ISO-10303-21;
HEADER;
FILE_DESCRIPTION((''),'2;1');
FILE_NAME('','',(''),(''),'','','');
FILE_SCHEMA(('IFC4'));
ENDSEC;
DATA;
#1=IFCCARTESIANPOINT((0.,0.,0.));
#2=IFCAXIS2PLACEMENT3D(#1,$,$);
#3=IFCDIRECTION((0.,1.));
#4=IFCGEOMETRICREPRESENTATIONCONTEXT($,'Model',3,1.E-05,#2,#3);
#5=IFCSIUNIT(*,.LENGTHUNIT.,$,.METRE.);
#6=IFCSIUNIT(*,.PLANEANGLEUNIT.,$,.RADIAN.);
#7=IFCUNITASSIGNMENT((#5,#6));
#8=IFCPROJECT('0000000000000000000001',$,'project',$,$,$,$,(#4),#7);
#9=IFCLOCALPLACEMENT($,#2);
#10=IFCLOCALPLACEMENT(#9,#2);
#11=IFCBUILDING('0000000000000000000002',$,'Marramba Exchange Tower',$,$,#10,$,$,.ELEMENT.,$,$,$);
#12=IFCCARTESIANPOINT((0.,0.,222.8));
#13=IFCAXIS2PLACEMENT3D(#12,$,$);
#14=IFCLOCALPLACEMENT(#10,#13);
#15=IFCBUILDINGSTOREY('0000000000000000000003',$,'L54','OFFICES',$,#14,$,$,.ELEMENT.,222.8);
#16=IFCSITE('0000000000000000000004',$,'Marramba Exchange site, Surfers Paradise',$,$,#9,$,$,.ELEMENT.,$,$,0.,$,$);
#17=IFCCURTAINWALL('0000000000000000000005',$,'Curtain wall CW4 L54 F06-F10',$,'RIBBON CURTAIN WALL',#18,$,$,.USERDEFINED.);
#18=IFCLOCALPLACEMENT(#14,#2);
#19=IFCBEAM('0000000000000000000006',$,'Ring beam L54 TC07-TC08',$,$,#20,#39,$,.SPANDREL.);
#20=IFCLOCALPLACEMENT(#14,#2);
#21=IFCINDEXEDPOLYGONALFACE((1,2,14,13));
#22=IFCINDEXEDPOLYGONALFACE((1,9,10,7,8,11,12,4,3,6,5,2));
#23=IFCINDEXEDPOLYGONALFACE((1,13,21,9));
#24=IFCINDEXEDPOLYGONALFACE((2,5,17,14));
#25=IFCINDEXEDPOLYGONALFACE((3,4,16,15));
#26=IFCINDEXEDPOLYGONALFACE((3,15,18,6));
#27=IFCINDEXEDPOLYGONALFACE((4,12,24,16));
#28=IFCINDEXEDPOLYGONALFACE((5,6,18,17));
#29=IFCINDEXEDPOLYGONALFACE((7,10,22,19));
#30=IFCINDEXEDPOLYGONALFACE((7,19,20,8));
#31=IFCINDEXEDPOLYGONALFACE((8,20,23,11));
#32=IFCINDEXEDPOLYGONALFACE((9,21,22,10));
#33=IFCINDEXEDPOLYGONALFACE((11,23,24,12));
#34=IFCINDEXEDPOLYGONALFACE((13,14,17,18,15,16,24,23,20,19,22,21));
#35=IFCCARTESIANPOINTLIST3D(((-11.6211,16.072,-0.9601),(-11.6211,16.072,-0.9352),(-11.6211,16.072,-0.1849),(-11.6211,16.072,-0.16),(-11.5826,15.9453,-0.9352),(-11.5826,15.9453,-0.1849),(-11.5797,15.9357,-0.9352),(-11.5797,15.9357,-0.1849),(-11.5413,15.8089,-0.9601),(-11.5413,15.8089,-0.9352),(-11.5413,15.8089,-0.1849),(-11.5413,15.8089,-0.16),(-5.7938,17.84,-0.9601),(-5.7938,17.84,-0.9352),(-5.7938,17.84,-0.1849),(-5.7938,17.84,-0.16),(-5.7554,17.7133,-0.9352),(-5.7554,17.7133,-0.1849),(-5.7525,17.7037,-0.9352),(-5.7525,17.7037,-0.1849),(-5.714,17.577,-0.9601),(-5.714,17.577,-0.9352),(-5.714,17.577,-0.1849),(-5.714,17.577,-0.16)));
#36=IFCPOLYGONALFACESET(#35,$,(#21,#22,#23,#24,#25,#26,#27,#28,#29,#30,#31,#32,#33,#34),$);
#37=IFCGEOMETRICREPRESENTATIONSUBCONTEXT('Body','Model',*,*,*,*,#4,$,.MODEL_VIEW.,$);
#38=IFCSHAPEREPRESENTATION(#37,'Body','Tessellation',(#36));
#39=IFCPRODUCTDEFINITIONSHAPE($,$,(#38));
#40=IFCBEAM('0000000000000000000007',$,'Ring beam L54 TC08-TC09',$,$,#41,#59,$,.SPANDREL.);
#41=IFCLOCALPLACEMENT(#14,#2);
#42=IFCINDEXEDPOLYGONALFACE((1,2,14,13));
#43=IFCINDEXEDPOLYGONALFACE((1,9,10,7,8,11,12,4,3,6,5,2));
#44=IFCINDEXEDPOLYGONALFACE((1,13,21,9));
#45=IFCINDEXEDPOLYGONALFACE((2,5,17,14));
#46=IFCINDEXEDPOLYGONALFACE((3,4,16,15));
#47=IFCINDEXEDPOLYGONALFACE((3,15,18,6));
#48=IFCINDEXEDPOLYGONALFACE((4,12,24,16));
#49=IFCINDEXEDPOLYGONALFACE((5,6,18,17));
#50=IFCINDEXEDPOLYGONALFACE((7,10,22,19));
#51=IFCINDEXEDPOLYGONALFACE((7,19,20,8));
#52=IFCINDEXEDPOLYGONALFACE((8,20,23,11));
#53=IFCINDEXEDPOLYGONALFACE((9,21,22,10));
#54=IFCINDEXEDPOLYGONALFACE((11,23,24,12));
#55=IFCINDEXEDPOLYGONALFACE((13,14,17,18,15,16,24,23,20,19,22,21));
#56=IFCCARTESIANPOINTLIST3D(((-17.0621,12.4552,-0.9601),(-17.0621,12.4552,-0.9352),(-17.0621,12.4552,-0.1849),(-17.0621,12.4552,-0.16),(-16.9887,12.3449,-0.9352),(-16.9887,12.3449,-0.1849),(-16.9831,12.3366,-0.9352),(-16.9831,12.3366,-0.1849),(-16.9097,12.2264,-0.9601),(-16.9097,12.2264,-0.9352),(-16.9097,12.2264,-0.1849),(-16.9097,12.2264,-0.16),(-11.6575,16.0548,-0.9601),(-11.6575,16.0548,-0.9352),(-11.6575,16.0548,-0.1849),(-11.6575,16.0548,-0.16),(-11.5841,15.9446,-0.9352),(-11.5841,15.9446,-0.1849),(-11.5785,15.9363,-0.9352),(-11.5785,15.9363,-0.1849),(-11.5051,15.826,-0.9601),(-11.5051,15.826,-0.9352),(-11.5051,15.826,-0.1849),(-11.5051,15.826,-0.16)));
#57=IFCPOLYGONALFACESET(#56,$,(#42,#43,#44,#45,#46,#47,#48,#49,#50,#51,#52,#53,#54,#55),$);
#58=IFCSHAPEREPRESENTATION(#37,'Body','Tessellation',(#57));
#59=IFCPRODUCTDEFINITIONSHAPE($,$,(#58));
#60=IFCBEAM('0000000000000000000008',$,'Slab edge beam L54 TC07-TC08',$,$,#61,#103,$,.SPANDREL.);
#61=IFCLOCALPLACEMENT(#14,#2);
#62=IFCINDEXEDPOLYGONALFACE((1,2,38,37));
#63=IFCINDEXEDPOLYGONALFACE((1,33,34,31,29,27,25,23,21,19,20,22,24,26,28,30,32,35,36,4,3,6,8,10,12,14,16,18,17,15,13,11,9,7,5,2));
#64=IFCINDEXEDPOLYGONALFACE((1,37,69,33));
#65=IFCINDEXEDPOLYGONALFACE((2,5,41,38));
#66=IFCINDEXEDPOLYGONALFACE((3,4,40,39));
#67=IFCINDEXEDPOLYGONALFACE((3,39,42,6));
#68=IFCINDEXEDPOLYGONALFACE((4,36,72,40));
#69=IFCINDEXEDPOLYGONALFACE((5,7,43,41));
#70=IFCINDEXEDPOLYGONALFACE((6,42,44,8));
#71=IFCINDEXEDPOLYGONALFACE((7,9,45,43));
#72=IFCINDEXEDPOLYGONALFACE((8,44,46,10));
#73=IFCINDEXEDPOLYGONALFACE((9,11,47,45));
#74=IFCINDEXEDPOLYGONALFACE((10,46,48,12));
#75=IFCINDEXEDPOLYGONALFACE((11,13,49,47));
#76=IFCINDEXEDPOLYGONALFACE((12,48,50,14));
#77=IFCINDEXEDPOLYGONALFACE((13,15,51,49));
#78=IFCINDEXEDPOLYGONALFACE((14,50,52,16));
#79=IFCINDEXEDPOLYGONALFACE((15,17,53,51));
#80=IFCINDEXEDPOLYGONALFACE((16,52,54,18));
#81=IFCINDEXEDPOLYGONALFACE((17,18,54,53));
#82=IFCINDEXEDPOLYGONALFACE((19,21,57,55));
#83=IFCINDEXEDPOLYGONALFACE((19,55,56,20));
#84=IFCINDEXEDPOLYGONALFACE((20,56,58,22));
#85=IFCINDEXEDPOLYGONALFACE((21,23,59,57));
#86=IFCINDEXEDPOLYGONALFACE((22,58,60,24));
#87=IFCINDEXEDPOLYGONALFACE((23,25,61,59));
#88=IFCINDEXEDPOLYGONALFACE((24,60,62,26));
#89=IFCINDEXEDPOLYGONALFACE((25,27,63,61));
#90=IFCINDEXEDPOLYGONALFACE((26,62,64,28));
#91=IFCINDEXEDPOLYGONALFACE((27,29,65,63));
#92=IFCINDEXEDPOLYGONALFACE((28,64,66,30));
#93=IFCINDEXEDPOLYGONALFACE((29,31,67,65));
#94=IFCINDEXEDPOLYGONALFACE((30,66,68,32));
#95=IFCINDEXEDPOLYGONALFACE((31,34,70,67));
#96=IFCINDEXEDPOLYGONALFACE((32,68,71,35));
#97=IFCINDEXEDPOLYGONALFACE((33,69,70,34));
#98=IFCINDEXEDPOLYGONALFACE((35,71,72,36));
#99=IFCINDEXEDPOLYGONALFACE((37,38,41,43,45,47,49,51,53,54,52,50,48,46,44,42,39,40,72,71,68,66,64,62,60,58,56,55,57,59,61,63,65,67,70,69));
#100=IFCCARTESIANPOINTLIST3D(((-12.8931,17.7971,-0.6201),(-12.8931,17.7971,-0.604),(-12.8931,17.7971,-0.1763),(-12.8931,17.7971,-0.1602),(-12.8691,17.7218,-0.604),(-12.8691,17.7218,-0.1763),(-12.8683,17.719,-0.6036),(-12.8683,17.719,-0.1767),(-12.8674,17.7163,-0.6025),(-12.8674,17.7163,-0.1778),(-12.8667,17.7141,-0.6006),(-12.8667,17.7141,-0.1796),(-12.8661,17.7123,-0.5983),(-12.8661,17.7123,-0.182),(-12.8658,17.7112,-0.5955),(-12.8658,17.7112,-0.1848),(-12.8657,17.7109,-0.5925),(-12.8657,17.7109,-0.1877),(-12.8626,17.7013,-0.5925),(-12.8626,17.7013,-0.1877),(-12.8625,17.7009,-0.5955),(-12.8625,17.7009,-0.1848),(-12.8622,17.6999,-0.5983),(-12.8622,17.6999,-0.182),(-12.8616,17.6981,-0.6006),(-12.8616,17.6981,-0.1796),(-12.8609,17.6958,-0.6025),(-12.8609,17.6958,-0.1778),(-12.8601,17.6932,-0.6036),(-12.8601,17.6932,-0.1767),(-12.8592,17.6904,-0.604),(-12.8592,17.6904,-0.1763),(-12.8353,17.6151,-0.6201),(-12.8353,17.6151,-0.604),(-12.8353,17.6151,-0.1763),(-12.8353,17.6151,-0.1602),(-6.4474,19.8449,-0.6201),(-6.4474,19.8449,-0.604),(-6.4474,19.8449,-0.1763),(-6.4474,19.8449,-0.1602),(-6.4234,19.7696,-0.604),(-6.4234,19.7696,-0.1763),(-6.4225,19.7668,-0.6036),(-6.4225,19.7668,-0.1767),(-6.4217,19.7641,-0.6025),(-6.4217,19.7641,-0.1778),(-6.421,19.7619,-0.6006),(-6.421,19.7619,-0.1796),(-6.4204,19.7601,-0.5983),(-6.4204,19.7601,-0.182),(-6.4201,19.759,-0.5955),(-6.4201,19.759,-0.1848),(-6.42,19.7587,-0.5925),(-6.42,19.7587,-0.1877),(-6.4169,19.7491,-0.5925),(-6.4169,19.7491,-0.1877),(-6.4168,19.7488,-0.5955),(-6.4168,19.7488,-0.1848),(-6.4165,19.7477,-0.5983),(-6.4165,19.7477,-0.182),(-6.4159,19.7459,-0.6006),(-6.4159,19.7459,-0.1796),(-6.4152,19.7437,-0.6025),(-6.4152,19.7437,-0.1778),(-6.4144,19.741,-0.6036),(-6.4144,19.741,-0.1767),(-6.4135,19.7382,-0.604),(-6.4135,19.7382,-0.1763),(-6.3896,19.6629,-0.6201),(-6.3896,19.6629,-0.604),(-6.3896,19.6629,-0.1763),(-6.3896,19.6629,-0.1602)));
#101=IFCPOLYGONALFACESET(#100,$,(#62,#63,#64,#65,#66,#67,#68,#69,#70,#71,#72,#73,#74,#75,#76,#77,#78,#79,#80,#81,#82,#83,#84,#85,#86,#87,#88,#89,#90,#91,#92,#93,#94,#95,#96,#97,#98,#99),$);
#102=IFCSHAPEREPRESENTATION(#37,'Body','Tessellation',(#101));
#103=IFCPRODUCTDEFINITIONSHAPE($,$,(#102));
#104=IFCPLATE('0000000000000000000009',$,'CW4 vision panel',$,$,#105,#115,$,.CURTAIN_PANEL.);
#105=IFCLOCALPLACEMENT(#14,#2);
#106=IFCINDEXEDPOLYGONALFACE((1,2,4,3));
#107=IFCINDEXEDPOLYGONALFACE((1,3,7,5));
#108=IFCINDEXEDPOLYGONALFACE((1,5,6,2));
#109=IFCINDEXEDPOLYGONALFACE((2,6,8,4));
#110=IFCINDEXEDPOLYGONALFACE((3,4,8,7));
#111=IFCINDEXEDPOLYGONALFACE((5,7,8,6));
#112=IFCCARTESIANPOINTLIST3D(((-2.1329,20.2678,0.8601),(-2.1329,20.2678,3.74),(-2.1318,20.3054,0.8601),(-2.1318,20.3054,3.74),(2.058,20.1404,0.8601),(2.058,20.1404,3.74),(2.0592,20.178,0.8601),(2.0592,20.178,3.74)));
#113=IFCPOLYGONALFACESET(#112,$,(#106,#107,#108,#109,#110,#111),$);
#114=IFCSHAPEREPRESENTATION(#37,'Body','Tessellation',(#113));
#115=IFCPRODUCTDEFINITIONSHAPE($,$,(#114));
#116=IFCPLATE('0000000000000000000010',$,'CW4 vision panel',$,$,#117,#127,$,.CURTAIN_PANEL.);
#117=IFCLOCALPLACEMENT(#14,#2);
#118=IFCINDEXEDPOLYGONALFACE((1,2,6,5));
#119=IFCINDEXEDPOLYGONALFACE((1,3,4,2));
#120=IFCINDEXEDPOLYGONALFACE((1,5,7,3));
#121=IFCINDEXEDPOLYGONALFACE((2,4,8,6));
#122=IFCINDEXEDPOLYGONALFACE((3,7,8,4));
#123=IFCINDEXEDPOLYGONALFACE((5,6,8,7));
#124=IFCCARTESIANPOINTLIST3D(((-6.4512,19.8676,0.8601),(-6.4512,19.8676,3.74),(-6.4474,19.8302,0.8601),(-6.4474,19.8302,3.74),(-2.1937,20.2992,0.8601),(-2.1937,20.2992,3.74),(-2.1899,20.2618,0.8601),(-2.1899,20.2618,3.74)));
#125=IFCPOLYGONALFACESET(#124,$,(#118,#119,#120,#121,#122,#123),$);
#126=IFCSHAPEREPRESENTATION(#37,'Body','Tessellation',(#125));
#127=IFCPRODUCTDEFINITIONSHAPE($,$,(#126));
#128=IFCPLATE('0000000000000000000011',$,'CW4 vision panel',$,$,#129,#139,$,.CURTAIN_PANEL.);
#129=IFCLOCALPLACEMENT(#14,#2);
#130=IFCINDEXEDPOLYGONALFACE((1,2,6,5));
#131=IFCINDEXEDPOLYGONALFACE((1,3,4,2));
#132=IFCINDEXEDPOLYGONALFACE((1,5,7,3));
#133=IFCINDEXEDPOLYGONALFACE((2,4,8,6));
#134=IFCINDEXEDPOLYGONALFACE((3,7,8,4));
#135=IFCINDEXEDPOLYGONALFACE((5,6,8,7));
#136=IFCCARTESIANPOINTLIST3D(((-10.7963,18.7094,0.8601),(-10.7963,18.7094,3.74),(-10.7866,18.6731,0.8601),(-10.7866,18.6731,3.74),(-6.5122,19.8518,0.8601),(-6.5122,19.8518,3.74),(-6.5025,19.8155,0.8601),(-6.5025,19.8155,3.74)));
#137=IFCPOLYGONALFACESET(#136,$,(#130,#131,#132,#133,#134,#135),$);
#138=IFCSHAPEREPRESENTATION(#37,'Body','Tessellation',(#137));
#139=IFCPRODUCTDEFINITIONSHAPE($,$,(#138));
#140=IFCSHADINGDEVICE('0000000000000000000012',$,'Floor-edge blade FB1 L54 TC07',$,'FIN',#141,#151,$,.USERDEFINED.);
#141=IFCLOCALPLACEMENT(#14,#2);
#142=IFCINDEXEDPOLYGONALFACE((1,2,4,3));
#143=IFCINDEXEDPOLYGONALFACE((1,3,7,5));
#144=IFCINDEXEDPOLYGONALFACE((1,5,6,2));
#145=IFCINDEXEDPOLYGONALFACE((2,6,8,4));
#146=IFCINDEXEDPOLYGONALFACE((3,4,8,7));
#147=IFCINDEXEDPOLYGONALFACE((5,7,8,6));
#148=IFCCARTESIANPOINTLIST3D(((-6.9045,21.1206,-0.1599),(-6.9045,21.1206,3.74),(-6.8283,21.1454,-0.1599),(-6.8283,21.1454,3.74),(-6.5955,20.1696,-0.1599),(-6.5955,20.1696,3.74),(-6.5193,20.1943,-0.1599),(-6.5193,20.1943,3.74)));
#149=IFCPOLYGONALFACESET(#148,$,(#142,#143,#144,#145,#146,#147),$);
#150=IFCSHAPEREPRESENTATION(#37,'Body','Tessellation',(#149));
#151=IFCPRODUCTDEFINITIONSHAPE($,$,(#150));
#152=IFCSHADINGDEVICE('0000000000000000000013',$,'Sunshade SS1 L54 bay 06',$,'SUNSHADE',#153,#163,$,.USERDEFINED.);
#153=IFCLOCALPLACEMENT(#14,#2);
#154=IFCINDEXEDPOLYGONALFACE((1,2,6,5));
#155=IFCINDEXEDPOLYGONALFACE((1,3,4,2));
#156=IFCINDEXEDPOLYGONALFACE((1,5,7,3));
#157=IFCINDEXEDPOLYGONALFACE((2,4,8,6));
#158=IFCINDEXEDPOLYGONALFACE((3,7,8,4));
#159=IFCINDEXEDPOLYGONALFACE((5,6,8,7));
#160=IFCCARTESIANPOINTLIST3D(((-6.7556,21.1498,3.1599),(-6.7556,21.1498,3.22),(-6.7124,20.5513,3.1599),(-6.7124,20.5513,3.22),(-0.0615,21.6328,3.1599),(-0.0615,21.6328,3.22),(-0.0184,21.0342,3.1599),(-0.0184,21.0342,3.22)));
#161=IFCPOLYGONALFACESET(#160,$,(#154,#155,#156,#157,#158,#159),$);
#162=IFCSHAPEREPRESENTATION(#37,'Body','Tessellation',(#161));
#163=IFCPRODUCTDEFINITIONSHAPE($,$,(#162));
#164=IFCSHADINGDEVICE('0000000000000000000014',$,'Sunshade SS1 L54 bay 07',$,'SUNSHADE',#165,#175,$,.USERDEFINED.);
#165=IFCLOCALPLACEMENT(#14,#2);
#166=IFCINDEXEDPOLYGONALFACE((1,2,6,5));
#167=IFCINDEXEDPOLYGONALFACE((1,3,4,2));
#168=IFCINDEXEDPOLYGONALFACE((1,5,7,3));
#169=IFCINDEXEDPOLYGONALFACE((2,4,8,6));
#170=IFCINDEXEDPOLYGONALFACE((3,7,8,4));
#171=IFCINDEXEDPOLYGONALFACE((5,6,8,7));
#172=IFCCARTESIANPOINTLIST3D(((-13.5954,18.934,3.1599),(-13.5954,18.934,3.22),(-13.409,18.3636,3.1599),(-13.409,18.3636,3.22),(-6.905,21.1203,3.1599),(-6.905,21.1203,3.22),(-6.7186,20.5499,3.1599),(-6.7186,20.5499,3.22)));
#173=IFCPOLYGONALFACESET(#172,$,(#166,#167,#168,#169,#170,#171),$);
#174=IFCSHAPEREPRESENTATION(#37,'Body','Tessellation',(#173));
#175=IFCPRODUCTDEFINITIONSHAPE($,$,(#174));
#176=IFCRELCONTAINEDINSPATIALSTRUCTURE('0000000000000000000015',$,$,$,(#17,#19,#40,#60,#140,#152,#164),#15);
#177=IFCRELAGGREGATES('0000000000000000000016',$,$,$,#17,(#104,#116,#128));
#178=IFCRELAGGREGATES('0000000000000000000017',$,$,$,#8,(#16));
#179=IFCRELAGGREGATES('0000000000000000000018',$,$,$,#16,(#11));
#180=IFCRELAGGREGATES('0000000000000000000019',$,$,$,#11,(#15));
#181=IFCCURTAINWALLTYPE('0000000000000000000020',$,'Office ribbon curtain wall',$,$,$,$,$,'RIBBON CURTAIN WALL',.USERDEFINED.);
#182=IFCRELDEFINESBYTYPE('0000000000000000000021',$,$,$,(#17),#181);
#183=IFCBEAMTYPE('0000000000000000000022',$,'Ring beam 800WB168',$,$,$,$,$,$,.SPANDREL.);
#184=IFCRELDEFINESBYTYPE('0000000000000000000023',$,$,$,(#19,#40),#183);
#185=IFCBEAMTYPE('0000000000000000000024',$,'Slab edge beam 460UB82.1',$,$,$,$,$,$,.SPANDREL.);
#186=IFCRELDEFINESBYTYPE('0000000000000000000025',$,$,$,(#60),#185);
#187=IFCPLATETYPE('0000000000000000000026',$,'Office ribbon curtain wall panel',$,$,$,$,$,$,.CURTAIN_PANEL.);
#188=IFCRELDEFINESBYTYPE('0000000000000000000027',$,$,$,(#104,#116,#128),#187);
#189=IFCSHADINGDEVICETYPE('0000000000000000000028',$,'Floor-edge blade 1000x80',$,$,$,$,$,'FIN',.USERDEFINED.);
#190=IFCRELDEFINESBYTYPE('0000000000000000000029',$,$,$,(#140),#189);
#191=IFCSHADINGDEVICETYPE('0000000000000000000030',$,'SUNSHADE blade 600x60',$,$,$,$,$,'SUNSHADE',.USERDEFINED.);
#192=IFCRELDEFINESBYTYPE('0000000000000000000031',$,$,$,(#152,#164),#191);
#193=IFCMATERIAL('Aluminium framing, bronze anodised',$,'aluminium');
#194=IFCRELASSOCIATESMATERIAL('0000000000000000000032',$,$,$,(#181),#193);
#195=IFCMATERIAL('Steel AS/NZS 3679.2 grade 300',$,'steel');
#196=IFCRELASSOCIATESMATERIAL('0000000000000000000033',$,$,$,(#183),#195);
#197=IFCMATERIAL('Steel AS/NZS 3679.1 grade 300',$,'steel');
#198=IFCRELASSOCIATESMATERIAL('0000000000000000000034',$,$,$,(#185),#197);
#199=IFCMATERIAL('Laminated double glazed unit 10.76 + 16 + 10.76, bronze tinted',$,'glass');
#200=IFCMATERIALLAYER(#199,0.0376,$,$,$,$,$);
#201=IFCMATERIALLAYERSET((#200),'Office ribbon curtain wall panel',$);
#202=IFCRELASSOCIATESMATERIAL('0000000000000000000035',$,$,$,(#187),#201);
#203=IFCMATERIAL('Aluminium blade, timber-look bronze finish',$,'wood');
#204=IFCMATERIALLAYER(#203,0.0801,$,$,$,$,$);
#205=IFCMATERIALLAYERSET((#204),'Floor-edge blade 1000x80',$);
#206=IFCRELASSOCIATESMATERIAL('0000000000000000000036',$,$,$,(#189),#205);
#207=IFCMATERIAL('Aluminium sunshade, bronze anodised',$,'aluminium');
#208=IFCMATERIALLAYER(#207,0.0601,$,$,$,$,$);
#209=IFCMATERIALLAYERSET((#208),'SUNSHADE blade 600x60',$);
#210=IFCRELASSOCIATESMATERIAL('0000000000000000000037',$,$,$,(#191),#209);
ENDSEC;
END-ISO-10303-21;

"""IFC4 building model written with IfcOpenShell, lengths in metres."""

from ifc_helpers import new_model, si_unit, direction, frame, origin, origin_2d, place, context, subcontext, project, spatial, rectangle, i_section, extrude, material, layer, layer_set, material_profile, profile_set, type_object, element, aggregate, save


model = new_model("IFC4")

# Units and contexts
model_context = context("Model", 3, precision=1e-05, world=origin(), true_north=direction((0.0, 1.0)))
body_context = subcontext(model_context, "Body", "Model", "MODEL_VIEW")
ifc_project = project(units=[si_unit("LENGTHUNIT", "METRE"), si_unit("PLANEANGLEUNIT", "RADIAN")], contexts=[model_context])

# Site, building, storey
site_placement = place(None, origin())
site = spatial("IfcSite", under=ifc_project, at=site_placement, Name="Marramba Exchange site, Surfers Paradise", CompositionType="ELEMENT", RefElevation=0.0)
building_placement = place(site_placement, origin())
building = spatial("IfcBuilding", under=site, at=building_placement, Name="Marramba Exchange Tower", CompositionType="ELEMENT")
storey_placement = place(building_placement, frame((0.0, 0.0, 222.8)))
storey = spatial("IfcBuildingStorey", under=building, at=storey_placement, Name="L54", Description="OFFICES", CompositionType="ELEMENT", Elevation=222.8)

# Shared definitions
ifc_material_1 = material(Name="Steel AS/NZS 3679.2 grade 300", Category="steel")

# Curtain wall
ifc_material_2 = material(Name="Aluminium framing, bronze anodised", Category="aluminium")
curtain_wall_type = type_object("IfcCurtainWallType", Name="Office ribbon curtain wall", ElementType="RIBBON CURTAIN WALL", PredefinedType="USERDEFINED", material=ifc_material_2)
curtain_wall_1_placement = place(storey_placement, origin())
curtain_wall_1 = element("IfcCurtainWall", 1, at=curtain_wall_1_placement, inside=storey, type_object=curtain_wall_type, Name="Curtain wall CW4 L54 F06-F10", ObjectType="RIBBON CURTAIN WALL", PredefinedType="USERDEFINED")

# Beams
ifc_material_profile_1 = material_profile(ifc_material_1, i_section(OverallWidth=0.2749, OverallDepth=0.8, WebThickness=0.01, FlangeThickness=0.0249, at=origin_2d()), Name="800WB168")
ifc_profile_set_1 = profile_set([ifc_material_profile_1], Name="Steel AS/NZS 3679.2 grade 300")
beam_type_1 = type_object("IfcBeamType", Name="Ring beam 800WB168", PredefinedType="SPANDREL", material=ifc_profile_set_1)
beam_1_placement = place(storey_placement, frame((-5.7539, 17.7085, -0.5601), z_axis=(-0.956925, -0.290337, 0.0), x_axis=(0.290337, -0.956925, 0.0)))
element("IfcBeam", 2, at=beam_1_placement, inside=storey, type_object=beam_type_1, Name="Ring beam L54 TC07-TC08", PredefinedType="SPANDREL", context=body_context, shape_type="SweptSolid", body=[
    extrude(i_section(OverallWidth=0.2749, OverallDepth=0.8, WebThickness=0.01, FlangeThickness=0.0249, at=origin_2d()), origin(), (0.0, 0.0, 1.0), 6.0896),
])
beam_2_placement = place(storey_placement, frame((-11.5813, 15.9404, -0.5601), z_axis=(-0.832293, -0.554336, 0.0), x_axis=(0.554336, -0.832293, 0.0)))
element("IfcBeam", 3, at=beam_2_placement, inside=storey, type_object=beam_type_1, Name="Ring beam L54 TC08-TC09", PredefinedType="SPANDREL", context=body_context, shape_type="SweptSolid", body=[
    extrude(i_section(OverallWidth=0.2749, OverallDepth=0.8, WebThickness=0.01, FlangeThickness=0.0249, at=origin_2d()), origin(), (0.0, 0.0, 1.0), 6.4937),
])
ifc_material_3 = material(Name="Steel AS/NZS 3679.1 grade 300", Category="steel")
ifc_material_profile_2 = material_profile(ifc_material_3, i_section(OverallWidth=0.1909, OverallDepth=0.46, WebThickness=0.01, FlangeThickness=0.0161, FilletRadius=0.0115, at=origin_2d()), Name="460UB82.1")
ifc_profile_set_2 = profile_set([ifc_material_profile_2], Name="Steel AS/NZS 3679.1 grade 300")
beam_type_2 = type_object("IfcBeamType", Name="Slab edge beam 460UB82.1", PredefinedType="SPANDREL", material=ifc_profile_set_2)
beam_3_placement = place(storey_placement, frame((-6.4185, 19.7539, -0.3901), z_axis=(-0.953057, -0.302789, 0.0), x_axis=(0.302789, -0.953057, 0.0)))
element("IfcBeam", 4, at=beam_3_placement, inside=storey, type_object=beam_type_2, Name="Slab edge beam L54 TC07-TC08", PredefinedType="SPANDREL", context=body_context, shape_type="SweptSolid", body=[
    extrude(i_section(OverallWidth=0.1909, OverallDepth=0.46, WebThickness=0.01, FlangeThickness=0.0161, FilletRadius=0.0115, at=origin_2d()), origin(), (0.0, 0.0, 1.0), 6.7632),
])

# Plates
ifc_material_4 = material(Name="Laminated double glazed unit 10.76 + 16 + 10.76, bronze tinted", Category="glass")
ifc_layer_1 = layer(ifc_material_4, 0.0376)
ifc_layer_set_1 = layer_set([ifc_layer_1], Name="Office ribbon curtain wall panel")
plate_type = type_object("IfcPlateType", Name="Office ribbon curtain wall panel", PredefinedType="CURTAIN_PANEL", material=ifc_layer_set_1)
plate_1_placement = place(storey_placement, frame((-0.0369, 20.2229, 0.8601), z_axis=(0.0, 0.0, 1.0), x_axis=(-0.999538, 0.030394, 0.0)))
plate_1 = element("IfcPlate", 5, at=plate_1_placement, type_object=plate_type, Name="CW4 vision panel", PredefinedType="CURTAIN_PANEL", context=body_context, shape_type="SweptSolid", body=[
    extrude(rectangle(XDim=4.1929, YDim=0.0376, at=origin_2d()), origin(), (0.0, 0.0, 1.0), 2.8799),
])
plate_2_placement = place(storey_placement, frame((-4.3206, 20.0647, 0.8601), z_axis=(0.0, 0.0, 1.0), x_axis=(-0.9949, -0.100863, 0.0)))
plate_2 = element("IfcPlate", 6, at=plate_2_placement, type_object=plate_type, Name="CW4 vision panel", PredefinedType="CURTAIN_PANEL", context=body_context, shape_type="SweptSolid", body=[
    extrude(rectangle(XDim=4.2793, YDim=0.0376, at=origin_2d()), origin(), (0.0, 0.0, 1.0), 2.8799),
])
plate_3_placement = place(storey_placement, frame((-8.6494, 19.2625, 0.8601), z_axis=(0.0, 0.0, 1.0), x_axis=(-0.966241, -0.257641, 0.0)))
plate_3 = element("IfcPlate", 7, at=plate_3_placement, type_object=plate_type, Name="CW4 vision panel", PredefinedType="CURTAIN_PANEL", context=body_context, shape_type="SweptSolid", body=[
    extrude(rectangle(XDim=4.4338, YDim=0.0376, at=origin_2d()), origin(), (0.0, 0.0, 1.0), 2.8799),
])
aggregate(curtain_wall_1, [plate_1, plate_2, plate_3])

# Shading devices
ifc_material_5 = material(Name="Aluminium blade, timber-look bronze finish", Category="wood")
ifc_layer_2 = layer(ifc_material_5, 0.0801)
ifc_layer_set_2 = layer_set([ifc_layer_2], Name="Floor-edge blade 1000x80")
shading_device_type_1 = type_object("IfcShadingDeviceType", Name="Floor-edge blade 1000x80", ElementType="FIN", PredefinedType="USERDEFINED", material=ifc_layer_set_2)
shading_device_1_placement = place(storey_placement, frame((-6.7119, 20.6575, -0.1599), z_axis=(0.0, 0.0, 1.0), x_axis=(-0.309017, 0.951057, 0.0)))
element("IfcShadingDevice", 8, at=shading_device_1_placement, inside=storey, type_object=shading_device_type_1, Name="Floor-edge blade FB1 L54 TC07", ObjectType="FIN", PredefinedType="USERDEFINED", context=body_context, shape_type="SweptSolid", body=[
    extrude(rectangle(XDim=1.0, YDim=0.0801, at=origin_2d()), origin(), (0.0, 0.0, 1.0), 3.8999),
])
ifc_material_6 = material(Name="Aluminium sunshade, bronze anodised", Category="aluminium")
ifc_layer_3 = layer(ifc_material_6, 0.0601)
ifc_layer_set_3 = layer_set([ifc_layer_3], Name="SUNSHADE blade 600x60")
shading_device_type_2 = type_object("IfcShadingDeviceType", Name="SUNSHADE blade 600x60", ElementType="SUNSHADE", PredefinedType="USERDEFINED", material=ifc_layer_set_3)
shading_device_2_placement = place(storey_placement, frame((-3.387, 21.092, 3.1599), z_axis=(0.0, 0.0, 1.0), x_axis=(-0.997408, -0.071958, 0.0)))
element("IfcShadingDevice", 9, at=shading_device_2_placement, inside=storey, type_object=shading_device_type_2, Name="Sunshade SS1 L54 bay 06", ObjectType="SUNSHADE", PredefinedType="USERDEFINED", context=body_context, shape_type="SweptSolid", body=[
    extrude(rectangle(XDim=6.7114, YDim=0.6001, at=origin_2d()), origin(), (0.0, 0.0, 1.0), 0.0601),
])
shading_device_3_placement = place(storey_placement, frame((-10.157, 19.7419, 3.1599), z_axis=(0.0, 0.0, 1.0), x_axis=(-0.950538, -0.31061, 0.0)))
element("IfcShadingDevice", 10, at=shading_device_3_placement, inside=storey, type_object=shading_device_type_2, Name="Sunshade SS1 L54 bay 07", ObjectType="SUNSHADE", PredefinedType="USERDEFINED", context=body_context, shape_type="SweptSolid", body=[
    extrude(rectangle(XDim=7.0386, YDim=0.6001, at=origin_2d()), origin(), (0.0, 0.0, 1.0), 0.0601),
])

save(model, "model.ifc")
